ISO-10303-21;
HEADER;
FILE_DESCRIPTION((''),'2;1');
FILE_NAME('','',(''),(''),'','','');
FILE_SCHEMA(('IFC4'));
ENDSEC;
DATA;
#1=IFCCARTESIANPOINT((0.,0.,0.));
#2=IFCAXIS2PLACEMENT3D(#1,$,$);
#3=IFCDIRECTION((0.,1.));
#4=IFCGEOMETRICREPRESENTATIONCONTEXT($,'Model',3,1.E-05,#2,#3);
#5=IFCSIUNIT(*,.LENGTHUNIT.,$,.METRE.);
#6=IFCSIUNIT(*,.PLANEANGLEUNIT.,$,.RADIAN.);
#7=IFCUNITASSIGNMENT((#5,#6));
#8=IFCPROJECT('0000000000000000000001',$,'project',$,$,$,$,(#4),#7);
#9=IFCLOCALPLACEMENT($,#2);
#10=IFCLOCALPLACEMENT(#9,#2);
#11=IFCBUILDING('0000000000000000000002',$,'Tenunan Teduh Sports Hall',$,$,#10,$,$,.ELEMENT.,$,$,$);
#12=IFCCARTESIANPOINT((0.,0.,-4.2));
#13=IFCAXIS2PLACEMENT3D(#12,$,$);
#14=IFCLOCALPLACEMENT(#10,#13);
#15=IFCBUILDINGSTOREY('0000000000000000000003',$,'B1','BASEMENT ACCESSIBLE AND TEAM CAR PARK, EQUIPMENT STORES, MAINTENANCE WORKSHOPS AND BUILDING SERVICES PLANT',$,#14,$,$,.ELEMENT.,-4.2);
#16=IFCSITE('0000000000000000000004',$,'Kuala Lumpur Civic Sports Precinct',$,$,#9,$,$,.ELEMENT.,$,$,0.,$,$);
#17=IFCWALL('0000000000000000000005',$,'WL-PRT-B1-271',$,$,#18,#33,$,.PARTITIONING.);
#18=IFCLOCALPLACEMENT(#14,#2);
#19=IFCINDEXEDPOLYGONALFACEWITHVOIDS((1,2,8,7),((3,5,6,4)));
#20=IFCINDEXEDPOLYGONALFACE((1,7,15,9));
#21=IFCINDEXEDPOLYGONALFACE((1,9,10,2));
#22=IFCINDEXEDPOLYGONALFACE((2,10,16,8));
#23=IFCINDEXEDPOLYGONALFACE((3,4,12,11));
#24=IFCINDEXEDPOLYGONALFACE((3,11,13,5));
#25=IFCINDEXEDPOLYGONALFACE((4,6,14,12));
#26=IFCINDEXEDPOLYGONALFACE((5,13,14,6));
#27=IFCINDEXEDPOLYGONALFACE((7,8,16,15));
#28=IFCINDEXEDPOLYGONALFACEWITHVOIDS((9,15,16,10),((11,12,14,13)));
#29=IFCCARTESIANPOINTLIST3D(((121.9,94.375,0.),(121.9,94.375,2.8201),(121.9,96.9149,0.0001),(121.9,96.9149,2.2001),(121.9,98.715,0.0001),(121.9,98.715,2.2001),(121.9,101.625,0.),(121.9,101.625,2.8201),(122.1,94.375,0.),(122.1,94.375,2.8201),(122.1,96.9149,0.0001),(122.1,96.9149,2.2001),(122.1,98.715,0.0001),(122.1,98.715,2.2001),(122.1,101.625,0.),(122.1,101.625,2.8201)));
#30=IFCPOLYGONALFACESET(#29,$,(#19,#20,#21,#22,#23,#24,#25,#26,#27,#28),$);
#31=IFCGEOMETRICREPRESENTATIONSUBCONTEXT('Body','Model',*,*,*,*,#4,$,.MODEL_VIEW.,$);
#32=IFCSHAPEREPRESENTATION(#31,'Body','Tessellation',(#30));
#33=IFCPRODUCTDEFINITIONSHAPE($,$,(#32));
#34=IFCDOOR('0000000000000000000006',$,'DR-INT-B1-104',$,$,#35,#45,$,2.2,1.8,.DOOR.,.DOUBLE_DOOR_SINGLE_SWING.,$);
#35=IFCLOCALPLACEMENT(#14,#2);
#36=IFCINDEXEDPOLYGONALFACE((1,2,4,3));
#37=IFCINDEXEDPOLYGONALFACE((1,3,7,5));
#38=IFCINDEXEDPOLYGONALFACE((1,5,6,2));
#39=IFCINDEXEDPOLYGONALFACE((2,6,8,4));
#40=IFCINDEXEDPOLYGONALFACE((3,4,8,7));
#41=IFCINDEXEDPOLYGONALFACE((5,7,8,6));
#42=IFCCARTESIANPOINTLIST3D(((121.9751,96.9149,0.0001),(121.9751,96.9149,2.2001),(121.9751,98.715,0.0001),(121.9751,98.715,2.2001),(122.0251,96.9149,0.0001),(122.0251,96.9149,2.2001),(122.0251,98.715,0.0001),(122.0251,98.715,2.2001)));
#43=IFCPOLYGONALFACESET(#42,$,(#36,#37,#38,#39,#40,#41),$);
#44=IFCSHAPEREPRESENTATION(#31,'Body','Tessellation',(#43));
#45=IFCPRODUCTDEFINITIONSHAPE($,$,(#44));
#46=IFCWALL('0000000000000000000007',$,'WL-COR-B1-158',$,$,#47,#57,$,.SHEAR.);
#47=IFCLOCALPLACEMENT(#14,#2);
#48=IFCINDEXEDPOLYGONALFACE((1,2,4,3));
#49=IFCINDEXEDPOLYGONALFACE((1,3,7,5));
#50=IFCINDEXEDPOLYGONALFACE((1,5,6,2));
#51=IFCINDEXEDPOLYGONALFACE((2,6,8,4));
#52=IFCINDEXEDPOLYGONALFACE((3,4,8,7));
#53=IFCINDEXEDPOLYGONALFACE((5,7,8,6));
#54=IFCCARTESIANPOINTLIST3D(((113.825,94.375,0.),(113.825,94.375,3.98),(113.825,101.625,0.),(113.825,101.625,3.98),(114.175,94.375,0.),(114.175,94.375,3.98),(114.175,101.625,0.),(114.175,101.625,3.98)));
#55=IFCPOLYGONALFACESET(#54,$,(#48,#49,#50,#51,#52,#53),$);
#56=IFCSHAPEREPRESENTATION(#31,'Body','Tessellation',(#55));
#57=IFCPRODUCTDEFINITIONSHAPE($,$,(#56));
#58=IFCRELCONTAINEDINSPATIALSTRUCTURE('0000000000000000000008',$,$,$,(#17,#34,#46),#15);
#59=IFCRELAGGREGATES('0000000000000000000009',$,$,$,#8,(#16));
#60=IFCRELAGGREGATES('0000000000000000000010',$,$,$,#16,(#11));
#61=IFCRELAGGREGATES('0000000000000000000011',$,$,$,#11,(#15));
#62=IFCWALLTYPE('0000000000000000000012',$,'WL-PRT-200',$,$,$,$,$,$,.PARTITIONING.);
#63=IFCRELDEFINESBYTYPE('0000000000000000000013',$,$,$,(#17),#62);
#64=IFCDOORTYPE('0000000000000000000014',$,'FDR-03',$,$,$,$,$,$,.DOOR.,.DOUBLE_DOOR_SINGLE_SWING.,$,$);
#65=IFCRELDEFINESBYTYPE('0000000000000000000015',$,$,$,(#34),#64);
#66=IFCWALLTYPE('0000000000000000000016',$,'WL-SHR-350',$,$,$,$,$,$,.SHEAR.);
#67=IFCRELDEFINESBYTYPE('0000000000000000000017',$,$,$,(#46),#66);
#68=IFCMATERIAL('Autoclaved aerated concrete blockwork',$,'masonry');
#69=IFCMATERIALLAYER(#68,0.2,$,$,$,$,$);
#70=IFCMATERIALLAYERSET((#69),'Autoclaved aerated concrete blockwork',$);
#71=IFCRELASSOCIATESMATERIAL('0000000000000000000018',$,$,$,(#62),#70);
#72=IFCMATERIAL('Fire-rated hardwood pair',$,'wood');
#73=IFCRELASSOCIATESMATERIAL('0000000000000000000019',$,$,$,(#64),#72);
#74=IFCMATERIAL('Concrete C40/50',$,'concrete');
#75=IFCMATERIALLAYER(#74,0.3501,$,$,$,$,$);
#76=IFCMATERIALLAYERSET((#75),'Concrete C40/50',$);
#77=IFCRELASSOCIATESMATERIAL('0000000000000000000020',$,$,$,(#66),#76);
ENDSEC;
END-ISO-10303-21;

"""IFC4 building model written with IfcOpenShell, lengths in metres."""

from ifc_helpers import new_model, si_unit, direction, frame, frame_2d, origin, place, context, subcontext, project, spatial, rectangle, extrude, material, layer, layer_set, type_object, element, fill, save


model = new_model("IFC4")

# Units and contexts
model_context = context("Model", 3, precision=1e-05, world=origin(), true_north=direction((0.0, 1.0)))
body_context = subcontext(model_context, "Body", "Model", "MODEL_VIEW")
ifc_project = project(units=[si_unit("LENGTHUNIT", "METRE"), si_unit("PLANEANGLEUNIT", "RADIAN")], contexts=[model_context])

# Site, building, storey
site_placement = place(None, origin())
site = spatial("IfcSite", under=ifc_project, at=site_placement, Name="Kuala Lumpur Civic Sports Precinct", CompositionType="ELEMENT", RefElevation=0.0)
building_placement = place(site_placement, origin())
building = spatial("IfcBuilding", under=site, at=building_placement, Name="Tenunan Teduh Sports Hall", CompositionType="ELEMENT")
storey_placement = place(building_placement, frame((0.0, 0.0, -4.2)))
storey = spatial("IfcBuildingStorey", under=building, at=storey_placement, Name="B1", Description="BASEMENT ACCESSIBLE AND TEAM CAR PARK, EQUIPMENT STORES, MAINTENANCE WORKSHOPS AND BUILDING SERVICES PLANT", CompositionType="ELEMENT", Elevation=-4.2)

# Shared definitions
ifc_material_1 = material(Name="Autoclaved aerated concrete blockwork", Category="masonry")
ifc_layer_1 = layer(ifc_material_1, 0.2)
ifc_layer_set_1 = layer_set([ifc_layer_1], Name="Autoclaved aerated concrete blockwork")
wall_type_1 = type_object("IfcWallType", Name="WL-PRT-200", PredefinedType="PARTITIONING", material=ifc_layer_set_1)
ifc_material_2 = material(Name="Fire-rated hardwood pair", Category="wood")
door_type = type_object("IfcDoorType", Name="FDR-03", OperationType="DOUBLE_DOOR_SINGLE_SWING", PredefinedType="DOOR", material=ifc_material_2)

# Wall, opening, door
wall_1_placement = place(storey_placement, frame((122.0, 94.375, 0.0), z_axis=(0.0, 0.0, 1.0), x_axis=(0.0, 1.0, 0.0)))
wall_1 = element("IfcWall", 1, at=wall_1_placement, inside=storey, type_object=wall_type_1, Name="WL-PRT-B1-271", PredefinedType="PARTITIONING", context=body_context, shape_type="SweptSolid", body=[
    extrude(rectangle(XDim=7.25, YDim=0.2, at=frame_2d((3.625, 0.0))), origin(), (0.0, 0.0, 1.0), 2.8201),
])
opening_1_placement = place(wall_1_placement, frame((2.54, 0.0, 0.0)))
opening_1 = element("IfcOpeningElement", 2, at=opening_1_placement, cuts=wall_1, PredefinedType="OPENING", context=body_context, shape_type="SweptSolid", body=[
    extrude(rectangle(XDim=1.8, YDim=2.2, at=frame_2d((0.8999, 1.1001))), frame((0.0, 0.1099, 0.0), z_axis=(0.0, -1.0, 0.0), x_axis=(1.0, 0.0, 0.0)), (0.0, 0.0, 1.0), 0.22),
])
door_1_placement = place(opening_1_placement, origin())
door_1 = element("IfcDoor", 3, at=door_1_placement, inside=storey, type_object=door_type, Name="DR-INT-B1-104", OperationType="DOUBLE_DOOR_SINGLE_SWING", OverallHeight=2.2, OverallWidth=1.8, PredefinedType="DOOR", context=body_context, shape_type="SweptSolid", body=[
    extrude(rectangle(XDim=1.8, YDim=2.2, at=frame_2d((0.8999, 1.1001))), frame((0.0, 0.0249, 0.0), z_axis=(0.0, -1.0, 0.0), x_axis=(1.0, 0.0, 0.0)), (0.0, 0.0, 1.0), 0.05),
])
fill(opening_1, door_1)

# Wall
ifc_material_3 = material(Name="Concrete C40/50", Category="concrete")
ifc_layer_2 = layer(ifc_material_3, 0.3501)
ifc_layer_set_2 = layer_set([ifc_layer_2], Name="Concrete C40/50")
wall_type_2 = type_object("IfcWallType", Name="WL-SHR-350", PredefinedType="SHEAR", material=ifc_layer_set_2)
wall_2_placement = place(storey_placement, frame((114.0, 94.375, 0.0), z_axis=(0.0, 0.0, 1.0), x_axis=(0.0, 1.0, 0.0)))
element("IfcWall", 4, at=wall_2_placement, inside=storey, type_object=wall_type_2, Name="WL-COR-B1-158", PredefinedType="SHEAR", context=body_context, shape_type="SweptSolid", body=[
    extrude(rectangle(XDim=7.25, YDim=0.3501, at=frame_2d((3.625, 0.0))), origin(), (0.0, 0.0, 1.0), 3.98),
])

save(model, "model.ifc")
